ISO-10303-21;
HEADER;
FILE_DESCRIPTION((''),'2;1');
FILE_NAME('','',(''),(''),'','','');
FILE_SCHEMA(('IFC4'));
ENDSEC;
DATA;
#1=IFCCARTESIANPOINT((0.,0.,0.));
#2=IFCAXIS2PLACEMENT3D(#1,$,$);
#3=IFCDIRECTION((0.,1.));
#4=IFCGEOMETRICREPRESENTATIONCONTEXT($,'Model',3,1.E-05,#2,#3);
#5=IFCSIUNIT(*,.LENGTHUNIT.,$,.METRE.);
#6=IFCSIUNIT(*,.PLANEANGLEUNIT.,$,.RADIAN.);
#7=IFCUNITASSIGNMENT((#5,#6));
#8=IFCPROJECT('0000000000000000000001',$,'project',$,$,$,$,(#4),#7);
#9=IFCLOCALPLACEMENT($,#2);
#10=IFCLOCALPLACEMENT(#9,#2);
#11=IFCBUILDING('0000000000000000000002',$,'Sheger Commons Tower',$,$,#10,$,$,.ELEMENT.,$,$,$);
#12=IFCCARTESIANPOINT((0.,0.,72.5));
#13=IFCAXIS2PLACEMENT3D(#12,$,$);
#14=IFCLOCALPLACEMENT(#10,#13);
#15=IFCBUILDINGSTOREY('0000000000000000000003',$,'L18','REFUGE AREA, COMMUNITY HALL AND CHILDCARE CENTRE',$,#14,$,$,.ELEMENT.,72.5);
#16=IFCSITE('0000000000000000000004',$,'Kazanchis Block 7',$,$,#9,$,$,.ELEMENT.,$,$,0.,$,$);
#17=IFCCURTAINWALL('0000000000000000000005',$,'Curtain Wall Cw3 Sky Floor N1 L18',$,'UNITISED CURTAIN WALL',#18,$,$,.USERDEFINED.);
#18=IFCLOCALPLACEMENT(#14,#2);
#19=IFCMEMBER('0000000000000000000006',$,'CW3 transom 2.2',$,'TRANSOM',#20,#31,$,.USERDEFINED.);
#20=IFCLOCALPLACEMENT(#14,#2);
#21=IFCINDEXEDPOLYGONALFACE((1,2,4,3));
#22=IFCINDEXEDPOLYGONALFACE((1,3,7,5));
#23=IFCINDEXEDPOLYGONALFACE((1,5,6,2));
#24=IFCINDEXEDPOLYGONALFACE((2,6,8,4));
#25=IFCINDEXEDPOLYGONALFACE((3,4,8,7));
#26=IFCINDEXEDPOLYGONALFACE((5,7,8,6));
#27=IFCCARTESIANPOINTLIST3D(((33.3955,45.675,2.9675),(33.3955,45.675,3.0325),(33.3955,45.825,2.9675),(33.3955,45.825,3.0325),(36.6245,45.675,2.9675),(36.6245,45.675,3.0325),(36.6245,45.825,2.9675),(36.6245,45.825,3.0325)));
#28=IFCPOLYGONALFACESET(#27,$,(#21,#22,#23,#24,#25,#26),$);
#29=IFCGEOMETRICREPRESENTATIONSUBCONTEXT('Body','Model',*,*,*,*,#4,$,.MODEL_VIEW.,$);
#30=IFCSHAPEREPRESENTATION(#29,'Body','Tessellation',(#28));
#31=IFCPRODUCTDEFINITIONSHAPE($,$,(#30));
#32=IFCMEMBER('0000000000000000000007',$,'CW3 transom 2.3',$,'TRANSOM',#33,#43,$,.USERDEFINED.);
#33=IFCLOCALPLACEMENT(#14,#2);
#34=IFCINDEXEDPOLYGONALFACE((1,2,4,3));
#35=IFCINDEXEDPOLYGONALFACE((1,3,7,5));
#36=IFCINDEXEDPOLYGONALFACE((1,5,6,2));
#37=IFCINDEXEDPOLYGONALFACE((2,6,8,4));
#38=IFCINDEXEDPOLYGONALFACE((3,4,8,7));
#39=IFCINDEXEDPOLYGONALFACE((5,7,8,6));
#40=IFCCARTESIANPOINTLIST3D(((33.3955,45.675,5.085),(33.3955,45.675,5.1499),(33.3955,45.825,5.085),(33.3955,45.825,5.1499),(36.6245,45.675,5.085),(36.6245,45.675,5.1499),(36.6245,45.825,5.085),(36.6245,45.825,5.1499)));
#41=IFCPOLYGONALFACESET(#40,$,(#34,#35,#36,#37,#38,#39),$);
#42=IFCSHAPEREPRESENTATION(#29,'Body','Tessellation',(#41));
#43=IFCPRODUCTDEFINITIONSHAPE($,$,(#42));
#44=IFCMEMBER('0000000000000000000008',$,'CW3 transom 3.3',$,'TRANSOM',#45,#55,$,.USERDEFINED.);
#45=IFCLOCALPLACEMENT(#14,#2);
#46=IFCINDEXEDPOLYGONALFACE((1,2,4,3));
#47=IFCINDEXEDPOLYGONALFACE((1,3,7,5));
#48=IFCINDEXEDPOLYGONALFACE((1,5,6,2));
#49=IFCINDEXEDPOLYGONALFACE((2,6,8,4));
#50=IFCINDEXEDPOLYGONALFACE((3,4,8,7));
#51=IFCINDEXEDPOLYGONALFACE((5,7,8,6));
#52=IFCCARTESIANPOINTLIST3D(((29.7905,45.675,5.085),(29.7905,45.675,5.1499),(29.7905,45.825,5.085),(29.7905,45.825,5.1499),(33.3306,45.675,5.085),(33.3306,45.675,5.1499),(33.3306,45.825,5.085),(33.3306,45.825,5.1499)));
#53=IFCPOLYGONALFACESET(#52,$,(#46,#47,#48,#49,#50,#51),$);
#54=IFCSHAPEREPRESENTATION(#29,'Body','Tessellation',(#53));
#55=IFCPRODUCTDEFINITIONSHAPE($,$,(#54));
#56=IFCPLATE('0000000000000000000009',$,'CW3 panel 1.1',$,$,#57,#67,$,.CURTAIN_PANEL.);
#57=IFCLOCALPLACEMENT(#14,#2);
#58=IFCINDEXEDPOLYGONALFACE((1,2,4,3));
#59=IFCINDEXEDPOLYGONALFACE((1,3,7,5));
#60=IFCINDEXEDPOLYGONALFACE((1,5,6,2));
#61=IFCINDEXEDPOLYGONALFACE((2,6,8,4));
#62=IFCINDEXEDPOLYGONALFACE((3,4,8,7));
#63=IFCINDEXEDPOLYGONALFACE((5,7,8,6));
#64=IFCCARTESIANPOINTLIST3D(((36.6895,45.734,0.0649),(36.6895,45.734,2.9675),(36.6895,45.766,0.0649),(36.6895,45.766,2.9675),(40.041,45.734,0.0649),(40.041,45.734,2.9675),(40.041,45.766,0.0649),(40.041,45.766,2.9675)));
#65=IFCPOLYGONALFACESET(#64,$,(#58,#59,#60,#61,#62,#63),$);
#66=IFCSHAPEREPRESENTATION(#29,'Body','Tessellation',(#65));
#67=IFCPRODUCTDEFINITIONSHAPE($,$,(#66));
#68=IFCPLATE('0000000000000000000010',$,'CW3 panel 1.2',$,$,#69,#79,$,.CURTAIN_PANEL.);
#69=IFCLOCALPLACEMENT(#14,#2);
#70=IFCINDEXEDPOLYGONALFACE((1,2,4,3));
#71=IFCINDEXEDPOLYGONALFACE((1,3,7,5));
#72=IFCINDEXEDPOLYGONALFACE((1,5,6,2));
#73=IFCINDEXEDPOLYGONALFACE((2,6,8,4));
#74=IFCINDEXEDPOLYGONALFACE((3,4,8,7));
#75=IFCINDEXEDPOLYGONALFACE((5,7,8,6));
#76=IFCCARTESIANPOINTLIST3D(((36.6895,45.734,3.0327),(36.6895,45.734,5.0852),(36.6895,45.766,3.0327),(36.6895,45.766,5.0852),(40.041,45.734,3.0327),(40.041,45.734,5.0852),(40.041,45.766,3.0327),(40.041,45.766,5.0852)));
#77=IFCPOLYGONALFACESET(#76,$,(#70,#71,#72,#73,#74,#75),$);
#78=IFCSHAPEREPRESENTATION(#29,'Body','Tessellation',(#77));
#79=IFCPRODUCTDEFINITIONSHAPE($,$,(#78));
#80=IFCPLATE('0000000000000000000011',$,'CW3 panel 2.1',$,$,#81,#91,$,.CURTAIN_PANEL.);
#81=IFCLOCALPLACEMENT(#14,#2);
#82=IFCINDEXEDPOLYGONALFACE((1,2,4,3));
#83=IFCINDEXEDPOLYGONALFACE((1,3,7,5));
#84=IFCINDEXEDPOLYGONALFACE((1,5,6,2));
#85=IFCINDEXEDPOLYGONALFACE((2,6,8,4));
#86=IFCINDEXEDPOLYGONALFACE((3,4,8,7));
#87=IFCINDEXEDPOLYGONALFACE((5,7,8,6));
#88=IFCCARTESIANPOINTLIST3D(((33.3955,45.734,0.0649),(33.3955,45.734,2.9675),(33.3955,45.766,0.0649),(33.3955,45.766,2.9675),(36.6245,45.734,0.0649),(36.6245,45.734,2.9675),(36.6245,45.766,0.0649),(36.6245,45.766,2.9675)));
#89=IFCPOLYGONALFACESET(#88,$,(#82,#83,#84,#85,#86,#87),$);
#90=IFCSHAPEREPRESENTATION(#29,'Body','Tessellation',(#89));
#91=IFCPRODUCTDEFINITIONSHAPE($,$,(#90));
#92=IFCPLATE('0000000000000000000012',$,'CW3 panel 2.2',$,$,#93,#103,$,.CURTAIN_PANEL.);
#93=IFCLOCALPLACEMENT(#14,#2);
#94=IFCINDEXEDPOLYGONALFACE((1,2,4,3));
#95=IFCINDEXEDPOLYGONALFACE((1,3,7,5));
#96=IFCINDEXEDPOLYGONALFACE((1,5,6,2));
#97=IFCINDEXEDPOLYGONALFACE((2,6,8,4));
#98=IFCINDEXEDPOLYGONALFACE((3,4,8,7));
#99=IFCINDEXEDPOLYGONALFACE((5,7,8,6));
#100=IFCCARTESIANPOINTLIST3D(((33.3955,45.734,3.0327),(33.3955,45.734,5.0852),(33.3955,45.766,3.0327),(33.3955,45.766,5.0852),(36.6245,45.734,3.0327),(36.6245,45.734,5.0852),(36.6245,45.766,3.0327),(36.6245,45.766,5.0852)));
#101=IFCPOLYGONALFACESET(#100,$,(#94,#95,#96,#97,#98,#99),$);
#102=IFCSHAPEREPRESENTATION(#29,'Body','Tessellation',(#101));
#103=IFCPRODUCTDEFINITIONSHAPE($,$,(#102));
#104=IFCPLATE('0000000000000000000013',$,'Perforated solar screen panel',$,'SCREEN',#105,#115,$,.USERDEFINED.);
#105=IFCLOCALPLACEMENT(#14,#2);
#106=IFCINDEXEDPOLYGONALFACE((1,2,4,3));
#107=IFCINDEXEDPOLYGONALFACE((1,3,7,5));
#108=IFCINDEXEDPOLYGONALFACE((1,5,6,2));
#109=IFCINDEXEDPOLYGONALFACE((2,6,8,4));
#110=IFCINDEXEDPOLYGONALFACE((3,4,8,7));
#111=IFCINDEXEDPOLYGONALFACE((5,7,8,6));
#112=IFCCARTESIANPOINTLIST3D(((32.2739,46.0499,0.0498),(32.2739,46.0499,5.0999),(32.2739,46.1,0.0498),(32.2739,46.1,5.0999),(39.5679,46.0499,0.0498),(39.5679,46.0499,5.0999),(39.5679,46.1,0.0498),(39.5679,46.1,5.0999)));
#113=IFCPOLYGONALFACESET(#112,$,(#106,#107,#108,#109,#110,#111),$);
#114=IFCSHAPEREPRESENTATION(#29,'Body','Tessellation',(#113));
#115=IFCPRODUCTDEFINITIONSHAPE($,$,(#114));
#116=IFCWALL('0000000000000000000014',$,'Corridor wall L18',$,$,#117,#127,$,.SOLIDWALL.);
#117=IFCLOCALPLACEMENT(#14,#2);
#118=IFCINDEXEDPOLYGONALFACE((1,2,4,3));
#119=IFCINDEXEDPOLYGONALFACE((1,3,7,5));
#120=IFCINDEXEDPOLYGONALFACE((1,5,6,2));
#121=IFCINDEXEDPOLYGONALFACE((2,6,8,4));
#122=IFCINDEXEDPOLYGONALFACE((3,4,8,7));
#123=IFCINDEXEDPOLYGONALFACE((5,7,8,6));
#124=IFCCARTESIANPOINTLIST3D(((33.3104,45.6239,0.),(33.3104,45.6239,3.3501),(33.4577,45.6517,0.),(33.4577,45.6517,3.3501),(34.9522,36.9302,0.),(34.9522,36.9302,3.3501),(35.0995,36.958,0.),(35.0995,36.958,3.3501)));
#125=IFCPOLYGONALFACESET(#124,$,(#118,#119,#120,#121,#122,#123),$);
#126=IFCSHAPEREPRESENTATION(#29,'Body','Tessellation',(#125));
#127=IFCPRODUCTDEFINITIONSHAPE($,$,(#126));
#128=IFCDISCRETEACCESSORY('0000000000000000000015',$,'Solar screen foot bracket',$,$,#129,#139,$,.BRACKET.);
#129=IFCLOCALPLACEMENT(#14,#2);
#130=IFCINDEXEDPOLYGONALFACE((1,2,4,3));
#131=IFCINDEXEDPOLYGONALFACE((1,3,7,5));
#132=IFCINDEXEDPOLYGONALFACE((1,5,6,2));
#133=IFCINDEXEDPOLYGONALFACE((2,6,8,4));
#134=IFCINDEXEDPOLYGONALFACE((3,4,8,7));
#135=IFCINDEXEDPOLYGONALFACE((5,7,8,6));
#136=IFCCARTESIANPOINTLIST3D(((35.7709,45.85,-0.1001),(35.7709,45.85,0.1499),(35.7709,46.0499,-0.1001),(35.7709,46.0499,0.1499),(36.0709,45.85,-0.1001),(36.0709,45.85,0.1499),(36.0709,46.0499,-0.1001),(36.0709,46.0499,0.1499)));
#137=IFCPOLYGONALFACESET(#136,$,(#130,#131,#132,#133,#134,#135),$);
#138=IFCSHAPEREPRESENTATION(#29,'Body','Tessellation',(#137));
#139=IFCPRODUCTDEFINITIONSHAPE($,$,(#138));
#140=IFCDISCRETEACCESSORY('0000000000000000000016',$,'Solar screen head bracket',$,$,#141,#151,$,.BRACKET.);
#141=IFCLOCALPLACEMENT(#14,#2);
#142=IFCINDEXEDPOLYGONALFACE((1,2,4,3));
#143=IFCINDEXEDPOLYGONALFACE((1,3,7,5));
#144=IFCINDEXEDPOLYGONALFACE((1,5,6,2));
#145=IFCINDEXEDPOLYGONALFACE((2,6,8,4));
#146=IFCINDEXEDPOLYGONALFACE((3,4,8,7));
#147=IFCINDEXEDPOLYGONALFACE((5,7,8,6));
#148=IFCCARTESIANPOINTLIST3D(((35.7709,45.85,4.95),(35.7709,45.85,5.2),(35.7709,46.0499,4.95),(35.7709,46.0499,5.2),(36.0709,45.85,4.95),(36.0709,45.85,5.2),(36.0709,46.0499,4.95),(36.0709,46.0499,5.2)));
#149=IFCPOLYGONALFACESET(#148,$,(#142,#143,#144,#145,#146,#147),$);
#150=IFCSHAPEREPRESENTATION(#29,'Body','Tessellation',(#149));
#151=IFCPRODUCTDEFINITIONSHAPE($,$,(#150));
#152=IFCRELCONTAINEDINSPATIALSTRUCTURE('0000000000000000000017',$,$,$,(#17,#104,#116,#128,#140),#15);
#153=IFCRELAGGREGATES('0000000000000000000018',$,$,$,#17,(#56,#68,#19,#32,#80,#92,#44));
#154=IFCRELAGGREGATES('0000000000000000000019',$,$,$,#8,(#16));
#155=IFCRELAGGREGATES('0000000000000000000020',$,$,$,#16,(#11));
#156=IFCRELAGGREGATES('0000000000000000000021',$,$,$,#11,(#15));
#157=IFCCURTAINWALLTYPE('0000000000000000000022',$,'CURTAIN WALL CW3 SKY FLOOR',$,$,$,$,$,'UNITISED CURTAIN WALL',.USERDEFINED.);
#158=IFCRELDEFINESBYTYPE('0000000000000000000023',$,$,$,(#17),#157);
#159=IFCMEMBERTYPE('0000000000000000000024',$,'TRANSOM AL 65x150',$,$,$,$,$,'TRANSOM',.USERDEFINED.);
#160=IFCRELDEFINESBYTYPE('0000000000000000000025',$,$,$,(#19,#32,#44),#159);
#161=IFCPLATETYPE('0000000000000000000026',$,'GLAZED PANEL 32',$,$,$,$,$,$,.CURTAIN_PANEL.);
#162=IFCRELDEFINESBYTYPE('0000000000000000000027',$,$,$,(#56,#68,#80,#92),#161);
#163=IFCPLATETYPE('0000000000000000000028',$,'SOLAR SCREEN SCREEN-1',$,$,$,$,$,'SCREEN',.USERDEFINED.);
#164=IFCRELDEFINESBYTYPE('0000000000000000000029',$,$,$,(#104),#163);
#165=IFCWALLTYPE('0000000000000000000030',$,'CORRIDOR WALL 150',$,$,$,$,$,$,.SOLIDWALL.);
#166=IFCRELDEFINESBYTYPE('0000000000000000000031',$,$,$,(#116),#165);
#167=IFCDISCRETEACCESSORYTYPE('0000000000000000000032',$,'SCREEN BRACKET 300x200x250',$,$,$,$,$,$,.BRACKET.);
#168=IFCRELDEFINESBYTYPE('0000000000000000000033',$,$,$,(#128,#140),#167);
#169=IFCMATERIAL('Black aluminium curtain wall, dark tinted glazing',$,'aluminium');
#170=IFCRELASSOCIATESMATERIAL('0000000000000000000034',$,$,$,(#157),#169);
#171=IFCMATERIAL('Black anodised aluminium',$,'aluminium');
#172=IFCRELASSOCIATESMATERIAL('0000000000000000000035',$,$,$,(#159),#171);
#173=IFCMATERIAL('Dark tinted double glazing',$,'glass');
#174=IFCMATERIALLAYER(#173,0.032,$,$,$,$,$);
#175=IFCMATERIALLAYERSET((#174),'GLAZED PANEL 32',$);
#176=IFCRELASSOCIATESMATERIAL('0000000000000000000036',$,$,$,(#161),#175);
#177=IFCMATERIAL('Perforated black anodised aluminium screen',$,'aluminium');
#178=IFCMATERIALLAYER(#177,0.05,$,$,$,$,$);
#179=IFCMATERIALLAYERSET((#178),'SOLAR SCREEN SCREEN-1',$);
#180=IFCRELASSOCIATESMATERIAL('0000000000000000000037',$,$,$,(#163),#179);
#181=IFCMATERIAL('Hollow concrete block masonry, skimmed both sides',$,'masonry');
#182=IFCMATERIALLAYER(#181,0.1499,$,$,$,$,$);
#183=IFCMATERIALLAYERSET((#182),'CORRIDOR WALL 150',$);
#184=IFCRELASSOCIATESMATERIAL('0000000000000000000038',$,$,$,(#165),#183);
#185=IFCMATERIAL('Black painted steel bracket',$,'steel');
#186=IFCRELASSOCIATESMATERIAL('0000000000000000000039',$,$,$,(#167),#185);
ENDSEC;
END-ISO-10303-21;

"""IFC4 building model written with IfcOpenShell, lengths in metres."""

from ifc_helpers import new_model, si_unit, direction, frame, frame_2d, origin, origin_2d, place, context, subcontext, project, spatial, rectangle, extrude, material, layer, layer_set, material_profile, profile_set, type_object, element, aggregate, save


model = new_model("IFC4")

# Units and contexts
model_context = context("Model", 3, precision=1e-05, world=origin(), true_north=direction((0.0, 1.0)))
body_context = subcontext(model_context, "Body", "Model", "MODEL_VIEW")
ifc_project = project(units=[si_unit("LENGTHUNIT", "METRE"), si_unit("PLANEANGLEUNIT", "RADIAN")], contexts=[model_context])

# Site, building, storey
site_placement = place(None, origin())
site = spatial("IfcSite", under=ifc_project, at=site_placement, Name="Kazanchis Block 7", CompositionType="ELEMENT", RefElevation=0.0)
building_placement = place(site_placement, origin())
building = spatial("IfcBuilding", under=site, at=building_placement, Name="Sheger Commons Tower", CompositionType="ELEMENT")
storey_placement = place(building_placement, frame((0.0, 0.0, 72.5)))
storey = spatial("IfcBuildingStorey", under=building, at=storey_placement, Name="L18", Description="REFUGE AREA, COMMUNITY HALL AND CHILDCARE CENTRE", CompositionType="ELEMENT", Elevation=72.5)

# Curtain wall
ifc_material_1 = material(Name="Black aluminium curtain wall, dark tinted glazing", Category="aluminium")
curtain_wall_type = type_object("IfcCurtainWallType", Name="CURTAIN WALL CW3 SKY FLOOR", ElementType="UNITISED CURTAIN WALL", PredefinedType="USERDEFINED", material=ifc_material_1)
curtain_wall_placement = place(storey_placement, origin())
curtain_wall = element("IfcCurtainWall", 1, at=curtain_wall_placement, inside=storey, type_object=curtain_wall_type, Name="Curtain Wall Cw3 Sky Floor N1 L18", ObjectType="UNITISED CURTAIN WALL", PredefinedType="USERDEFINED")

# Members
ifc_material_2 = material(Name="Black anodised aluminium", Category="aluminium")
ifc_material_profile_1 = material_profile(ifc_material_2, rectangle(XDim=0.1499, YDim=0.0649, at=origin_2d()), Name="AL 65x150")
ifc_profile_set_1 = profile_set([ifc_material_profile_1], Name="Black anodised aluminium")
member_type_1 = type_object("IfcMemberType", Name="TRANSOM AL 65x150", ElementType="TRANSOM", PredefinedType="USERDEFINED", material=ifc_profile_set_1)
member_1_placement = place(storey_placement, frame((36.6245, 45.75, 3.0), z_axis=(-1.0, 0.0, 0.0), x_axis=(0.0, -1.0, 0.0)))
member_1 = element("IfcMember", 2, at=member_1_placement, type_object=member_type_1, Name="CW3 transom 2.2", ObjectType="TRANSOM", PredefinedType="USERDEFINED", context=body_context, shape_type="SweptSolid", body=[
    extrude(rectangle(XDim=0.1499, YDim=0.0649, at=origin_2d()), origin(), (0.0, 0.0, 1.0), 3.229),
])
member_2_placement = place(storey_placement, frame((36.6245, 45.75, 5.1174), z_axis=(-1.0, 0.0, 0.0), x_axis=(0.0, -1.0, 0.0)))
member_2 = element("IfcMember", 3, at=member_2_placement, type_object=member_type_1, Name="CW3 transom 2.3", ObjectType="TRANSOM", PredefinedType="USERDEFINED", context=body_context, shape_type="SweptSolid", body=[
    extrude(rectangle(XDim=0.1499, YDim=0.0649, at=origin_2d()), origin(), (0.0, 0.0, 1.0), 3.229),
])
member_3_placement = place(storey_placement, frame((33.3306, 45.75, 5.1174), z_axis=(-1.0, 0.0, 0.0), x_axis=(0.0, -1.0, 0.0)))
member_3 = element("IfcMember", 4, at=member_3_placement, type_object=member_type_1, Name="CW3 transom 3.3", ObjectType="TRANSOM", PredefinedType="USERDEFINED", context=body_context, shape_type="SweptSolid", body=[
    extrude(rectangle(XDim=0.1499, YDim=0.0649, at=origin_2d()), origin(), (0.0, 0.0, 1.0), 3.54),
])

# Plates
ifc_material_3 = material(Name="Dark tinted double glazing", Category="glass")
ifc_layer_1 = layer(ifc_material_3, 0.032)
ifc_layer_set_1 = layer_set([ifc_layer_1], Name="GLAZED PANEL 32")
plate_type_1 = type_object("IfcPlateType", Name="GLAZED PANEL 32", PredefinedType="CURTAIN_PANEL", material=ifc_layer_set_1)
plate_1_placement = place(storey_placement, frame((38.3652, 45.75, 0.0649), z_axis=(0.0, 0.0, 1.0), x_axis=(-1.0, 0.0, 0.0)))
plate_1 = element("IfcPlate", 5, at=plate_1_placement, type_object=plate_type_1, Name="CW3 panel 1.1", PredefinedType="CURTAIN_PANEL", context=body_context, shape_type="SweptSolid", body=[
    extrude(rectangle(XDim=3.3516, YDim=0.032, at=origin_2d()), origin(), (0.0, 0.0, 1.0), 2.9026),
])
plate_2_placement = place(storey_placement, frame((38.3652, 45.75, 3.0327), z_axis=(0.0, 0.0, 1.0), x_axis=(-1.0, 0.0, 0.0)))
plate_2 = element("IfcPlate", 6, at=plate_2_placement, type_object=plate_type_1, Name="CW3 panel 1.2", PredefinedType="CURTAIN_PANEL", context=body_context, shape_type="SweptSolid", body=[
    extrude(rectangle(XDim=3.3516, YDim=0.032, at=origin_2d()), origin(), (0.0, 0.0, 1.0), 2.0525),
])
plate_3_placement = place(storey_placement, frame((35.01, 45.75, 0.0649), z_axis=(0.0, 0.0, 1.0), x_axis=(-1.0, 0.0, 0.0)))
plate_3 = element("IfcPlate", 7, at=plate_3_placement, type_object=plate_type_1, Name="CW3 panel 2.1", PredefinedType="CURTAIN_PANEL", context=body_context, shape_type="SweptSolid", body=[
    extrude(rectangle(XDim=3.229, YDim=0.032, at=origin_2d()), origin(), (0.0, 0.0, 1.0), 2.9026),
])
plate_4_placement = place(storey_placement, frame((35.01, 45.75, 3.0327), z_axis=(0.0, 0.0, 1.0), x_axis=(-1.0, 0.0, 0.0)))
plate_4 = element("IfcPlate", 8, at=plate_4_placement, type_object=plate_type_1, Name="CW3 panel 2.2", PredefinedType="CURTAIN_PANEL", context=body_context, shape_type="SweptSolid", body=[
    extrude(rectangle(XDim=3.229, YDim=0.032, at=origin_2d()), origin(), (0.0, 0.0, 1.0), 2.0525),
])
aggregate(curtain_wall, [plate_1, plate_2, member_1, member_2, plate_3, plate_4, member_3])
ifc_material_4 = material(Name="Perforated black anodised aluminium screen", Category="aluminium")
ifc_layer_2 = layer(ifc_material_4, 0.05)
ifc_layer_set_2 = layer_set([ifc_layer_2], Name="SOLAR SCREEN SCREEN-1")
plate_type_2 = type_object("IfcPlateType", Name="SOLAR SCREEN SCREEN-1", ElementType="SCREEN", PredefinedType="USERDEFINED", material=ifc_layer_set_2)
plate_5_placement = place(storey_placement, frame((35.9209, 46.075, 0.0498), z_axis=(0.0, 0.0, 1.0), x_axis=(-1.0, 0.0, 0.0)))
element("IfcPlate", 9, at=plate_5_placement, inside=storey, type_object=plate_type_2, Name="Perforated solar screen panel", ObjectType="SCREEN", PredefinedType="USERDEFINED", context=body_context, shape_type="SweptSolid", body=[
    extrude(rectangle(XDim=7.2939, YDim=0.05, at=origin_2d()), origin(), (0.0, 0.0, 1.0), 5.05),
])

# Wall
ifc_material_5 = material(Name="Hollow concrete block masonry, skimmed both sides", Category="masonry")
ifc_layer_3 = layer(ifc_material_5, 0.1499)
ifc_layer_set_3 = layer_set([ifc_layer_3], Name="CORRIDOR WALL 150")
wall_type = type_object("IfcWallType", Name="CORRIDOR WALL 150", PredefinedType="SOLIDWALL", material=ifc_layer_set_3)
wall_placement = place(storey_placement, frame((33.384, 45.6379, 0.0), z_axis=(0.0, 0.0, 1.0), x_axis=(0.185571, -0.982631, 0.0)))
element("IfcWall", 10, at=wall_placement, inside=storey, type_object=wall_type, Name="Corridor wall L18", PredefinedType="SOLIDWALL", context=body_context, shape_type="SweptSolid", body=[
    extrude(rectangle(XDim=8.8474, YDim=0.1499, at=frame_2d((4.4238, 0.0))), origin(), (0.0, 0.0, 1.0), 3.3501),
])

# Discrete accessories
ifc_material_6 = material(Name="Black painted steel bracket", Category="steel")
discrete_accessory_type = type_object("IfcDiscreteAccessoryType", Name="SCREEN BRACKET 300x200x250", PredefinedType="BRACKET", material=ifc_material_6)
for number, where, z_axis, x_axis, name in (
    (11, (35.9209, 45.95, -0.1001), (0.0, 0.0, 1.0), (-1.0, 0.0, 0.0), "Solar screen foot bracket"),
    (12, (35.9209, 45.95, 4.95), (0.0, 0.0, 1.0), (-1.0, 0.0, 0.0), "Solar screen head bracket"),
):
    element("IfcDiscreteAccessory", number, at=place(storey_placement, frame(where, z_axis=z_axis, x_axis=x_axis)), inside=storey, type_object=discrete_accessory_type, Name=name, PredefinedType="BRACKET", context=body_context, shape_type="SweptSolid", body=[
        extrude(rectangle(XDim=0.3, YDim=0.2, at=origin_2d()), origin(), (0.0, 0.0, 1.0), 0.25),
    ])

save(model, "model.ifc")
